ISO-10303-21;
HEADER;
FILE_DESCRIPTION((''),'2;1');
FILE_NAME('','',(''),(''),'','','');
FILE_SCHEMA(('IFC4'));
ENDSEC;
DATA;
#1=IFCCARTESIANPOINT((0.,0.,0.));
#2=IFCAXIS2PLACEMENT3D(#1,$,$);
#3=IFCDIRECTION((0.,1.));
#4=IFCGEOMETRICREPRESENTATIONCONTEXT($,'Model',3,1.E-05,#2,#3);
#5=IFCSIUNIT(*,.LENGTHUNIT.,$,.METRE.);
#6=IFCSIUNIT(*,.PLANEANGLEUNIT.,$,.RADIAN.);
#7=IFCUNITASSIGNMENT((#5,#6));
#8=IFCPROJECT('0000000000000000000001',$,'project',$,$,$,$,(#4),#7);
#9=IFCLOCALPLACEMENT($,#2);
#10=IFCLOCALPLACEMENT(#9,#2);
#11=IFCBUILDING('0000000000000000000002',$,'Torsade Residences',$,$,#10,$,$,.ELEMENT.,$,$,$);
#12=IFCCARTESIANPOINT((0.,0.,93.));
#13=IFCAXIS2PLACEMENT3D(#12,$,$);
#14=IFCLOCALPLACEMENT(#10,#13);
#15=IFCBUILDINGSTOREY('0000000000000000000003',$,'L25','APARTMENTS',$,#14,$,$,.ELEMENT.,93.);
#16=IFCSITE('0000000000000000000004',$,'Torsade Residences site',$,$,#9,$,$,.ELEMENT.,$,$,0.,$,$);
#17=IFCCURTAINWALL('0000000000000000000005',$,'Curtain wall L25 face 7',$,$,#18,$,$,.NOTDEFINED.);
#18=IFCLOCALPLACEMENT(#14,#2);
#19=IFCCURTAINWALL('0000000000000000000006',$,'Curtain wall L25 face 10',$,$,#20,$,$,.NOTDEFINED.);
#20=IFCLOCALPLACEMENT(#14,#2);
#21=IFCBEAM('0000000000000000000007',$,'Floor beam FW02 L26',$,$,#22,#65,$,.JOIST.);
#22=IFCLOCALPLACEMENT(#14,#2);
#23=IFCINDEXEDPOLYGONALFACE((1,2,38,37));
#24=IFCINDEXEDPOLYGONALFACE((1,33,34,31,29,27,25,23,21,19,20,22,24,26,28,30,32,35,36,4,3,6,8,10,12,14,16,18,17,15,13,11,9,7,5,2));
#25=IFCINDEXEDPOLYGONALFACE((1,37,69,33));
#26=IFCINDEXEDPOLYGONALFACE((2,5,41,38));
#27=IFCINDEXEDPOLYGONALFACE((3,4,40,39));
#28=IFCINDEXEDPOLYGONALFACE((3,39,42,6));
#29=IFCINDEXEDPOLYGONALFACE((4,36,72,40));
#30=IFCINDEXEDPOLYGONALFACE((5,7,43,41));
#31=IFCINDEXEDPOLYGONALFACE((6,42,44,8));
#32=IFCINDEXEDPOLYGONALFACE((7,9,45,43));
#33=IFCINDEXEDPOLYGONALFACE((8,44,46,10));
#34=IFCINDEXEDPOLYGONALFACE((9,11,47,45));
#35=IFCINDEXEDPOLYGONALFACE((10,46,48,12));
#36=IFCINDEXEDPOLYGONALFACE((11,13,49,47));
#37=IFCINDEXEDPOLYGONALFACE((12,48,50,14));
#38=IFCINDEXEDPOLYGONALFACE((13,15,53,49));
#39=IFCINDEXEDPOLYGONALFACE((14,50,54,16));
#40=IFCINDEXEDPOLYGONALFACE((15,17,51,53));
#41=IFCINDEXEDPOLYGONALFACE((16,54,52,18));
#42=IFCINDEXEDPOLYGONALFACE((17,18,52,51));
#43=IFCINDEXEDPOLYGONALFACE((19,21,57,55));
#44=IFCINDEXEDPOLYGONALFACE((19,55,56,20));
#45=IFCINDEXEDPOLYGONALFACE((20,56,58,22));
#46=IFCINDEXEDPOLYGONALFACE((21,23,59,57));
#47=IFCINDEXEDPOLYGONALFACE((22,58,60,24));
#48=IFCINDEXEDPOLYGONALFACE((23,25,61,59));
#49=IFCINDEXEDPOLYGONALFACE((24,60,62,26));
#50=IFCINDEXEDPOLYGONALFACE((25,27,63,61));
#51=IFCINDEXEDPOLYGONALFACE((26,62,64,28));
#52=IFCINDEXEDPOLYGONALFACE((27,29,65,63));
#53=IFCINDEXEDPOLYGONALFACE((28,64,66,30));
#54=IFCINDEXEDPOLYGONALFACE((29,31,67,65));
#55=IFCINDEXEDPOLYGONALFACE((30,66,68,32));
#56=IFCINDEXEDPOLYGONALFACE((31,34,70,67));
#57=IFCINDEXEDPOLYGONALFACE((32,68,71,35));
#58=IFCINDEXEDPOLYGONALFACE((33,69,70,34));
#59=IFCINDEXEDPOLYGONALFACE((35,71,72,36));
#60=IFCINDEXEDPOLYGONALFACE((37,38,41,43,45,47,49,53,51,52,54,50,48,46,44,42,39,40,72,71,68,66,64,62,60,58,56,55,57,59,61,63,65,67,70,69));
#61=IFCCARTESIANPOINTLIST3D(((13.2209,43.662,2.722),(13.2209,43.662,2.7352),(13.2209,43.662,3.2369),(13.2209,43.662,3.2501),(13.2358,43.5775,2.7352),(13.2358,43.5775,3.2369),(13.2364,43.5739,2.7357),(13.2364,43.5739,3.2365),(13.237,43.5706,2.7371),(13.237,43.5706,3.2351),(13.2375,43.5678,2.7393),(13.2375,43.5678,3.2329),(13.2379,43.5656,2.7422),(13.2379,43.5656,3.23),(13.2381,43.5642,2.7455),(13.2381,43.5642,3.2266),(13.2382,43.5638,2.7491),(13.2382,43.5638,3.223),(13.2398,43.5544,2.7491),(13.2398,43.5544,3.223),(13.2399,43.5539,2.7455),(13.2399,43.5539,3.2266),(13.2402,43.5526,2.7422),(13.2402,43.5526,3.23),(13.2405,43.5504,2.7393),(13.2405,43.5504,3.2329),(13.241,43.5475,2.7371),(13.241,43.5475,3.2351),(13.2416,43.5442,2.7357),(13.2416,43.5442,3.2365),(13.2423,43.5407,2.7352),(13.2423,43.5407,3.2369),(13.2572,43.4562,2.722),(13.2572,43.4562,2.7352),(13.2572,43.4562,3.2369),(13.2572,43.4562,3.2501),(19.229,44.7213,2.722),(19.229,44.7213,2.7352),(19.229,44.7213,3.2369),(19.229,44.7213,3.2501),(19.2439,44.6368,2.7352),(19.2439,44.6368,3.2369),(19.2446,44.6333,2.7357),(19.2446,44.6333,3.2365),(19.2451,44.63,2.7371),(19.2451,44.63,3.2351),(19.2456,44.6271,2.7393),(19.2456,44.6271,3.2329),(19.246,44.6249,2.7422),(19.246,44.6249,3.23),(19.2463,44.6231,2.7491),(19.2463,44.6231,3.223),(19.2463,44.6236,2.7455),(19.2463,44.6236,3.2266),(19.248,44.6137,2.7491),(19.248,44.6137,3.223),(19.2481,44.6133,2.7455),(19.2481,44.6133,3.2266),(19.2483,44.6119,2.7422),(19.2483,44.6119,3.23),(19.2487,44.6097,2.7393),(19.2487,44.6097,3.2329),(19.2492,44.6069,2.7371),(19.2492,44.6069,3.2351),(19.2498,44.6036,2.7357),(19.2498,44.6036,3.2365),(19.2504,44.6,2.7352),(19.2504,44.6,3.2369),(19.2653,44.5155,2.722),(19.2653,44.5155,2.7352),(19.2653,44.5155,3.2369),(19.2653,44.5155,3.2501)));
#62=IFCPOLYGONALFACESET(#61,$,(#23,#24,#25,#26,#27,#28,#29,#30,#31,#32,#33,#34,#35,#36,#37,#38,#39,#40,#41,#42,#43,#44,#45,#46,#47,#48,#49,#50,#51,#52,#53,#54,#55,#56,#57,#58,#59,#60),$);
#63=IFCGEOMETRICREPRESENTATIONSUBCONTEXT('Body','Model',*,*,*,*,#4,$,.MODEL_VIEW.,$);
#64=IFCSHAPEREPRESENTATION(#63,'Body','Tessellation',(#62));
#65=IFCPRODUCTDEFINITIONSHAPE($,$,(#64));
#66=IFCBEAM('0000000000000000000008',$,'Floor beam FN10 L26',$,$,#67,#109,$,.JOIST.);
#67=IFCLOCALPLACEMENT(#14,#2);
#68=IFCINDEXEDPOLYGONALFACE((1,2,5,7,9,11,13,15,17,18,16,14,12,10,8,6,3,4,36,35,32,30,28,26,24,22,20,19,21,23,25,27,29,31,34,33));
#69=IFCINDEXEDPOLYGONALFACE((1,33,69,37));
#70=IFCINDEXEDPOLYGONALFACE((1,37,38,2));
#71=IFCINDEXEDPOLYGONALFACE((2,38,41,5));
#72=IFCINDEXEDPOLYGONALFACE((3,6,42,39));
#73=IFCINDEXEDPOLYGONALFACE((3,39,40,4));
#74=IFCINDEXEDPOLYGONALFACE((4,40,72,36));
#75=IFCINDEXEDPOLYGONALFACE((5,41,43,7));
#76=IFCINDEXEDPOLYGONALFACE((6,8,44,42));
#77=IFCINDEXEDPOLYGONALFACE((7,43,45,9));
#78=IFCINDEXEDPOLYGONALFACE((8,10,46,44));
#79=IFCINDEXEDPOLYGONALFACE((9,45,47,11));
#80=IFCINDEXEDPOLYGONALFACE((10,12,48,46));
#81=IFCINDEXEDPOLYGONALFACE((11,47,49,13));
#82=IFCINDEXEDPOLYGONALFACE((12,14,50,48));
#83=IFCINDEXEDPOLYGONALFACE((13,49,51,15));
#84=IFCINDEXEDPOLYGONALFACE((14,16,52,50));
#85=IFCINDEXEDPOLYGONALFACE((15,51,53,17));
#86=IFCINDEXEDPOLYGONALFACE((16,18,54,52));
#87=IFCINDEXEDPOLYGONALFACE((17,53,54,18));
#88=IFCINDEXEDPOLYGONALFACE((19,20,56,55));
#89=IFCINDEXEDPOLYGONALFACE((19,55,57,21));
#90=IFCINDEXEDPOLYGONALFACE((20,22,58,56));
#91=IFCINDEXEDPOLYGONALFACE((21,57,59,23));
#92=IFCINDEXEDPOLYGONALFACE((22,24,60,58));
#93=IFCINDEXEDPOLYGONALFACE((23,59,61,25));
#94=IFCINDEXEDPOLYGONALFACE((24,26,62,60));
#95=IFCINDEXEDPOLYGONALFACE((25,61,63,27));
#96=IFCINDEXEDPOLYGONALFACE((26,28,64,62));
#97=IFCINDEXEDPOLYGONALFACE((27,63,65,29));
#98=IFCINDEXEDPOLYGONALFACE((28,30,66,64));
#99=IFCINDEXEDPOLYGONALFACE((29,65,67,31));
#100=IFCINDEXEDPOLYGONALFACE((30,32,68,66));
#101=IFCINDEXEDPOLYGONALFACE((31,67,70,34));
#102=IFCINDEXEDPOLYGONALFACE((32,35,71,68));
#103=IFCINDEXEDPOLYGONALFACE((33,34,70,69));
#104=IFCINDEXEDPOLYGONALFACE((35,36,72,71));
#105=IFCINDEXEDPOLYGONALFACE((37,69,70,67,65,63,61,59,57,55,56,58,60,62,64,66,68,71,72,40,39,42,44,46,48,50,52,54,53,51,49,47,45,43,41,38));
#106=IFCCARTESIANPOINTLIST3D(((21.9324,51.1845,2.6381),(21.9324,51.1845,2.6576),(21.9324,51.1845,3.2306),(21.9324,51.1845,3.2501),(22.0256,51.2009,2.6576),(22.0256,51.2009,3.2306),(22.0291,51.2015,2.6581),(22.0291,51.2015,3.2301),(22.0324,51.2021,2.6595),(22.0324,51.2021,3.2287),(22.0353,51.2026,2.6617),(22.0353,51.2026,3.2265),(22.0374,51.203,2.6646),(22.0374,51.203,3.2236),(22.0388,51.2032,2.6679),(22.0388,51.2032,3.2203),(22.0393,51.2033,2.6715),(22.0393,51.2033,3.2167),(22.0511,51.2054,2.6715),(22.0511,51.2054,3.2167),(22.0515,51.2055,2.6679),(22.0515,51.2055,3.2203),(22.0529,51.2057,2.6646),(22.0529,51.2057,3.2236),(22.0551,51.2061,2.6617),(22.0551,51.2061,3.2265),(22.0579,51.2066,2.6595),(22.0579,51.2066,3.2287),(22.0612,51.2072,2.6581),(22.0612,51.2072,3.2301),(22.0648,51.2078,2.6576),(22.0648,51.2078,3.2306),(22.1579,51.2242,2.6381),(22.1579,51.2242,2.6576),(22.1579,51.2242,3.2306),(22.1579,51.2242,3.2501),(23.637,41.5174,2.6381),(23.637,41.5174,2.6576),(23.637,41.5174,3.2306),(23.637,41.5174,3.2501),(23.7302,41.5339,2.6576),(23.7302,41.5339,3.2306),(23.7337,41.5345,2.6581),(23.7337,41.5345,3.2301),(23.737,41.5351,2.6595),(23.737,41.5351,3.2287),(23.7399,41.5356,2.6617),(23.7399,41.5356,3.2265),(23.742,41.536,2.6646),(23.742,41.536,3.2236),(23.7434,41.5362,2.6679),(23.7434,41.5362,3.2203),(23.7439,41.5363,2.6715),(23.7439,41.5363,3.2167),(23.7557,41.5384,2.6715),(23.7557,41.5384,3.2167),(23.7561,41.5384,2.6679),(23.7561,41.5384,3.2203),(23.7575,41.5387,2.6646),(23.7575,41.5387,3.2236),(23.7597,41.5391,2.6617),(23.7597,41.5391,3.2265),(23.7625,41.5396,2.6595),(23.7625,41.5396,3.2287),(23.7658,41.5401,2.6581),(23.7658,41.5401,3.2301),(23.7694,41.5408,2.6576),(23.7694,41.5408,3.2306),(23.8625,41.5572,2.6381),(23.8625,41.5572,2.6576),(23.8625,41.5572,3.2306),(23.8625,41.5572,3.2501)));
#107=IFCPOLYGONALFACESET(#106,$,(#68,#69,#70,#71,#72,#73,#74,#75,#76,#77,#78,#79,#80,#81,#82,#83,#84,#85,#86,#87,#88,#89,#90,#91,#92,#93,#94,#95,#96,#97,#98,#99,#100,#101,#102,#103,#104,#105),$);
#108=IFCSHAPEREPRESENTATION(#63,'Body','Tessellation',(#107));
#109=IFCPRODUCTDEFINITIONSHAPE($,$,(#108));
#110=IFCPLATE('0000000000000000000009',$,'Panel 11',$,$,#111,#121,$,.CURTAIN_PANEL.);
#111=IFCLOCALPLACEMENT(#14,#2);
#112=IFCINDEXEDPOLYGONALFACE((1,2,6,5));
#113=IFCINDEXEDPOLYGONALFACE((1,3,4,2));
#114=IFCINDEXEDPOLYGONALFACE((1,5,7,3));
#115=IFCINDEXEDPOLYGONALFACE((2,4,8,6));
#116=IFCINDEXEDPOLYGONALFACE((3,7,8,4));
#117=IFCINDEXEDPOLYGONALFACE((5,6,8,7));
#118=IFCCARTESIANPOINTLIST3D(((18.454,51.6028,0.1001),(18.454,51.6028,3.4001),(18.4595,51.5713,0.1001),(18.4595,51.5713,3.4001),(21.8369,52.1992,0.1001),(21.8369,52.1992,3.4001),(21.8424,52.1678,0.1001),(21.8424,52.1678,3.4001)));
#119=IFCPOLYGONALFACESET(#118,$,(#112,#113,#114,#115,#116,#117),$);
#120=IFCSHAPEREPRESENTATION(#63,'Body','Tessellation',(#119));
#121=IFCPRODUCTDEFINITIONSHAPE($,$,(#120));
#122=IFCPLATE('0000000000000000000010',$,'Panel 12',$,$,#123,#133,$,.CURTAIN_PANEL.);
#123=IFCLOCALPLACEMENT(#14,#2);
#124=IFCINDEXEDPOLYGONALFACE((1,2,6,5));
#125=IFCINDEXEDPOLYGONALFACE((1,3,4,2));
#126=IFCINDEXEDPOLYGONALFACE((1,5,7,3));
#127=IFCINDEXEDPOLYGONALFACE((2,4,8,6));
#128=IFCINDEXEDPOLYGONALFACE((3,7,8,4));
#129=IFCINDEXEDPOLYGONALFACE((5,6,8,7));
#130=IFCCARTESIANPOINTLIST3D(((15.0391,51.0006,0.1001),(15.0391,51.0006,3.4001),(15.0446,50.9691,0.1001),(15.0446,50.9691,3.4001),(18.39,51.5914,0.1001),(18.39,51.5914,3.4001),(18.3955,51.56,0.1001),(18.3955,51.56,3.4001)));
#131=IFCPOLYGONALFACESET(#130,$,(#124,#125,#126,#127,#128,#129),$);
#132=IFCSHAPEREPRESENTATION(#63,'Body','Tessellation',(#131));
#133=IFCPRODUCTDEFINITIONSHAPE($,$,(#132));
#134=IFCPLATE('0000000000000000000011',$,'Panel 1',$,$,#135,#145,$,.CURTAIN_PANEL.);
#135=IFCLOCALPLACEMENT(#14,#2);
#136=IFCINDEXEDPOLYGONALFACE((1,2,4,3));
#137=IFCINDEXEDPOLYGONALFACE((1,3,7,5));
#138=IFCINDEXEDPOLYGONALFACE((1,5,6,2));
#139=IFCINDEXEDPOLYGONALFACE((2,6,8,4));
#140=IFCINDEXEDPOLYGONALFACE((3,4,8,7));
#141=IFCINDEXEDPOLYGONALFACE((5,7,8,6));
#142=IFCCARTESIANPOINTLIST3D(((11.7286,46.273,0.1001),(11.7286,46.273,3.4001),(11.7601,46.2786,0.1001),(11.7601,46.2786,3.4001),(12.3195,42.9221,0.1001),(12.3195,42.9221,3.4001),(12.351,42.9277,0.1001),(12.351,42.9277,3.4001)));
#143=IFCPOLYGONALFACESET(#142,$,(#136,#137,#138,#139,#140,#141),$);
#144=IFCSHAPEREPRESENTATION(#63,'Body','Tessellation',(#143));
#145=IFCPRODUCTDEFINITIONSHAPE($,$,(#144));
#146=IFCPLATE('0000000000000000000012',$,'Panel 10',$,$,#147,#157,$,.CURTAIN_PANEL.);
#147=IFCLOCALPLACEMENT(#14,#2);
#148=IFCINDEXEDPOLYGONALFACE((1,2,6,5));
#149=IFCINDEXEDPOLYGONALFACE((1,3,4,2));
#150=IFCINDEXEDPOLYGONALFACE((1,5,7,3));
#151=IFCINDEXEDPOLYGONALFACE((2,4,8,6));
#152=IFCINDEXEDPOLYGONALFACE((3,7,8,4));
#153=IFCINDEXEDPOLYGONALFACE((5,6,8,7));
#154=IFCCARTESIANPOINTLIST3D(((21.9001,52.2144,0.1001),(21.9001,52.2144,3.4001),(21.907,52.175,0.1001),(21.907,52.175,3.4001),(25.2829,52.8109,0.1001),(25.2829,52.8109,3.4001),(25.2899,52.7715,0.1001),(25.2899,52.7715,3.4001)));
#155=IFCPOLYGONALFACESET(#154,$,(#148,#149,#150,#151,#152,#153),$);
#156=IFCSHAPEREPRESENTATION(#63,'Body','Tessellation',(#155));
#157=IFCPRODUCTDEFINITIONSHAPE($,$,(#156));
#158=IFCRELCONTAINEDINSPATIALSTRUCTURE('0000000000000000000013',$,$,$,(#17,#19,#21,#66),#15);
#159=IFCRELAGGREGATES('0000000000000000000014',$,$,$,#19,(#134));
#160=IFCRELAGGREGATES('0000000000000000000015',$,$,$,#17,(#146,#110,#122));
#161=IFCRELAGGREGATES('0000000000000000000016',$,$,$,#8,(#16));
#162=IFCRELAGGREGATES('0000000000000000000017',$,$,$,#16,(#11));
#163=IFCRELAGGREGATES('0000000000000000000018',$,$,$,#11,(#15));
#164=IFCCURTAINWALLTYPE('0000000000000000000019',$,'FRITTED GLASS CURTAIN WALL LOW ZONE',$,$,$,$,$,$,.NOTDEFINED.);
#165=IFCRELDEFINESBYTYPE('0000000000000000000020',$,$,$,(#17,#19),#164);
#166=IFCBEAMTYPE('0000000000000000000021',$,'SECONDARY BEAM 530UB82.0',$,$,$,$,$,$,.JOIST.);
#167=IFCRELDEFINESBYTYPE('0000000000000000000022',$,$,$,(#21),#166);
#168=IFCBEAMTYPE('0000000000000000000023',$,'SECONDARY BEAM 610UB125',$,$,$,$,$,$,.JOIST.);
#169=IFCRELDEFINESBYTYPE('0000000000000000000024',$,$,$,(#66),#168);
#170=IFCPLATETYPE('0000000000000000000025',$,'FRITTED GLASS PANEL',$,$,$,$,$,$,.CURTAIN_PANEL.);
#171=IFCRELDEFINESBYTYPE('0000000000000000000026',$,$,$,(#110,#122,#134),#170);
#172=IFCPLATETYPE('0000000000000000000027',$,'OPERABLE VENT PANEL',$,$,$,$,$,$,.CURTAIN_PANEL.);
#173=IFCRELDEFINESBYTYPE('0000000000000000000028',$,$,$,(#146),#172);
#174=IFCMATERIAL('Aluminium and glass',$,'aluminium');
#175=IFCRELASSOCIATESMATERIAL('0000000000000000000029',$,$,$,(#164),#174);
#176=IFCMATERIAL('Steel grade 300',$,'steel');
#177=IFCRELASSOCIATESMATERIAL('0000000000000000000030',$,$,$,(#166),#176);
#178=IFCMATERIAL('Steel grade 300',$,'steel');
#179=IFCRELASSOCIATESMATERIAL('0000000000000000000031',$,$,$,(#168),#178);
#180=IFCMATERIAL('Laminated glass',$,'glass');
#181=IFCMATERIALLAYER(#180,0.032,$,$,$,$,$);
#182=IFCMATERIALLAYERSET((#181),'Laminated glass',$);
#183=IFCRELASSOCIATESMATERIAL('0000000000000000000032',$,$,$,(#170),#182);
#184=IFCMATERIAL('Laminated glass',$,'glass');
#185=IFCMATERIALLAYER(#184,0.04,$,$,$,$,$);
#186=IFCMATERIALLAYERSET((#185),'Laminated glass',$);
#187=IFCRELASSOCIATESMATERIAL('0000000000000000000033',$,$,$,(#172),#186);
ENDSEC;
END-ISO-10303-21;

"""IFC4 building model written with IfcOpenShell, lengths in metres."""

from ifc_helpers import new_model, si_unit, direction, frame, origin, origin_2d, place, context, subcontext, project, spatial, rectangle, i_section, extrude, material, layer, layer_set, material_profile, profile_set, type_object, element, aggregate, save


model = new_model("IFC4")

# Units and contexts
model_context = context("Model", 3, precision=1e-05, world=origin(), true_north=direction((0.0, 1.0)))
body_context = subcontext(model_context, "Body", "Model", "MODEL_VIEW")
ifc_project = project(units=[si_unit("LENGTHUNIT", "METRE"), si_unit("PLANEANGLEUNIT", "RADIAN")], contexts=[model_context])

# Site, building, storey
site_placement = place(None, origin())
site = spatial("IfcSite", under=ifc_project, at=site_placement, Name="Torsade Residences site", CompositionType="ELEMENT", RefElevation=0.0)
building_placement = place(site_placement, origin())
building = spatial("IfcBuilding", under=site, at=building_placement, Name="Torsade Residences", CompositionType="ELEMENT")
storey_placement = place(building_placement, frame((0.0, 0.0, 93.0)))
storey = spatial("IfcBuildingStorey", under=building, at=storey_placement, Name="L25", Description="APARTMENTS", CompositionType="ELEMENT", Elevation=93.0)

# Curtain wall
ifc_material_1 = material(Name="Aluminium and glass", Category="aluminium")
curtain_wall_type = type_object("IfcCurtainWallType", Name="FRITTED GLASS CURTAIN WALL LOW ZONE", PredefinedType="NOTDEFINED", material=ifc_material_1)
curtain_wall_1_placement = place(storey_placement, origin())
curtain_wall_1 = element("IfcCurtainWall", 1, at=curtain_wall_1_placement, inside=storey, type_object=curtain_wall_type, Name="Curtain wall L25 face 7", PredefinedType="NOTDEFINED")

# Curtain wall
curtain_wall_2_placement = place(storey_placement, origin())
curtain_wall_2 = element("IfcCurtainWall", 2, at=curtain_wall_2_placement, inside=storey, type_object=curtain_wall_type, Name="Curtain wall L25 face 10", PredefinedType="NOTDEFINED")

# Beams
ifc_material_2 = material(Name="Steel grade 300", Category="steel")
ifc_material_profile_1 = material_profile(ifc_material_2, i_section(OverallWidth=0.209, OverallDepth=0.5281, WebThickness=0.0095, FlangeThickness=0.0132, FilletRadius=0.0139, at=origin_2d()), Name="530UB82.0")
ifc_profile_set_1 = profile_set([ifc_material_profile_1], Name="Steel grade 300")
beam_type_1 = type_object("IfcBeamType", Name="SECONDARY BEAM 530UB82.0", PredefinedType="JOIST", material=ifc_profile_set_1)
beam_1_placement = place(storey_placement, frame((13.239, 43.5591, 2.9861), z_axis=(0.984809, 0.173639, 0.0), x_axis=(-0.173639, 0.984809, 0.0)))
element("IfcBeam", 3, at=beam_1_placement, inside=storey, type_object=beam_type_1, Name="Floor beam FW02 L26", PredefinedType="JOIST", context=body_context, shape_type="SweptSolid", body=[
    extrude(i_section(OverallWidth=0.209, OverallDepth=0.5281, WebThickness=0.0095, FlangeThickness=0.0132, FilletRadius=0.0139, at=origin_2d()), origin(), (0.0, 0.0, 1.0), 6.1008),
])
ifc_material_3 = material(Name="Steel grade 300", Category="steel")
ifc_material_profile_2 = material_profile(ifc_material_3, i_section(OverallWidth=0.229, OverallDepth=0.6121, WebThickness=0.012, FlangeThickness=0.0195, FilletRadius=0.0139, at=origin_2d()), Name="610UB125")
ifc_profile_set_2 = profile_set([ifc_material_profile_2], Name="Steel grade 300")
beam_type_2 = type_object("IfcBeamType", Name="SECONDARY BEAM 610UB125", PredefinedType="JOIST", material=ifc_profile_set_2)
beam_2_placement = place(storey_placement, frame((22.0452, 51.2043, 2.9441), z_axis=(0.173652, -0.984807, 0.0), x_axis=(0.984807, 0.173652, 0.0)))
element("IfcBeam", 4, at=beam_2_placement, inside=storey, type_object=beam_type_2, Name="Floor beam FN10 L26", PredefinedType="JOIST", context=body_context, shape_type="SweptSolid", body=[
    extrude(i_section(OverallWidth=0.229, OverallDepth=0.6121, WebThickness=0.012, FlangeThickness=0.0195, FilletRadius=0.0139, at=origin_2d()), origin(), (0.0, 0.0, 1.0), 9.8162),
])

# Plates
ifc_material_4 = material(Name="Laminated glass", Category="glass")
ifc_layer_1 = layer(ifc_material_4, 0.032)
ifc_layer_set_1 = layer_set([ifc_layer_1], Name="Laminated glass")
plate_type_1 = type_object("IfcPlateType", Name="FRITTED GLASS PANEL", PredefinedType="CURTAIN_PANEL", material=ifc_layer_set_1)
plate_1_placement = place(storey_placement, frame((20.1482, 51.8853, 0.1001), z_axis=(0.0, 0.0, 1.0), x_axis=(-0.984808, -0.173648, 0.0)))
plate_1 = element("IfcPlate", 5, at=plate_1_placement, type_object=plate_type_1, Name="Panel 11", PredefinedType="CURTAIN_PANEL", context=body_context, shape_type="SweptSolid", body=[
    extrude(rectangle(XDim=3.4351, YDim=0.032, at=origin_2d()), origin(), (0.0, 0.0, 1.0), 3.3),
])
plate_2_placement = place(storey_placement, frame((16.7173, 51.2803, 0.1001), z_axis=(0.0, 0.0, 1.0), x_axis=(-0.984808, -0.173648, 0.0)))
plate_2 = element("IfcPlate", 6, at=plate_2_placement, type_object=plate_type_1, Name="Panel 12", PredefinedType="CURTAIN_PANEL", context=body_context, shape_type="SweptSolid", body=[
    extrude(rectangle(XDim=3.4026, YDim=0.032, at=origin_2d()), origin(), (0.0, 0.0, 1.0), 3.3),
])
plate_3_placement = place(storey_placement, frame((12.0398, 44.6003, 0.1001), z_axis=(0.0, 0.0, 1.0), x_axis=(0.173648, -0.984808, 0.0)))
plate_3 = element("IfcPlate", 7, at=plate_3_placement, type_object=plate_type_1, Name="Panel 1", PredefinedType="CURTAIN_PANEL", context=body_context, shape_type="SweptSolid", body=[
    extrude(rectangle(XDim=3.4026, YDim=0.032, at=origin_2d()), origin(), (0.0, 0.0, 1.0), 3.3),
])
aggregate(curtain_wall_2, [plate_3])
ifc_material_5 = material(Name="Laminated glass", Category="glass")
ifc_layer_2 = layer(ifc_material_5, 0.04)
ifc_layer_set_2 = layer_set([ifc_layer_2], Name="Laminated glass")
plate_type_2 = type_object("IfcPlateType", Name="OPERABLE VENT PANEL", PredefinedType="CURTAIN_PANEL", material=ifc_layer_set_2)
plate_4_placement = place(storey_placement, frame((23.595, 52.4929, 0.1001), z_axis=(0.0, 0.0, 1.0), x_axis=(-0.984808, -0.173648, 0.0)))
plate_4 = element("IfcPlate", 8, at=plate_4_placement, type_object=plate_type_2, Name="Panel 10", PredefinedType="CURTAIN_PANEL", context=body_context, shape_type="SweptSolid", body=[
    extrude(rectangle(XDim=3.4351, YDim=0.04, at=origin_2d()), origin(), (0.0, 0.0, 1.0), 3.3),
])
aggregate(curtain_wall_1, [plate_4, plate_1, plate_2])

save(model, "model.ifc")
